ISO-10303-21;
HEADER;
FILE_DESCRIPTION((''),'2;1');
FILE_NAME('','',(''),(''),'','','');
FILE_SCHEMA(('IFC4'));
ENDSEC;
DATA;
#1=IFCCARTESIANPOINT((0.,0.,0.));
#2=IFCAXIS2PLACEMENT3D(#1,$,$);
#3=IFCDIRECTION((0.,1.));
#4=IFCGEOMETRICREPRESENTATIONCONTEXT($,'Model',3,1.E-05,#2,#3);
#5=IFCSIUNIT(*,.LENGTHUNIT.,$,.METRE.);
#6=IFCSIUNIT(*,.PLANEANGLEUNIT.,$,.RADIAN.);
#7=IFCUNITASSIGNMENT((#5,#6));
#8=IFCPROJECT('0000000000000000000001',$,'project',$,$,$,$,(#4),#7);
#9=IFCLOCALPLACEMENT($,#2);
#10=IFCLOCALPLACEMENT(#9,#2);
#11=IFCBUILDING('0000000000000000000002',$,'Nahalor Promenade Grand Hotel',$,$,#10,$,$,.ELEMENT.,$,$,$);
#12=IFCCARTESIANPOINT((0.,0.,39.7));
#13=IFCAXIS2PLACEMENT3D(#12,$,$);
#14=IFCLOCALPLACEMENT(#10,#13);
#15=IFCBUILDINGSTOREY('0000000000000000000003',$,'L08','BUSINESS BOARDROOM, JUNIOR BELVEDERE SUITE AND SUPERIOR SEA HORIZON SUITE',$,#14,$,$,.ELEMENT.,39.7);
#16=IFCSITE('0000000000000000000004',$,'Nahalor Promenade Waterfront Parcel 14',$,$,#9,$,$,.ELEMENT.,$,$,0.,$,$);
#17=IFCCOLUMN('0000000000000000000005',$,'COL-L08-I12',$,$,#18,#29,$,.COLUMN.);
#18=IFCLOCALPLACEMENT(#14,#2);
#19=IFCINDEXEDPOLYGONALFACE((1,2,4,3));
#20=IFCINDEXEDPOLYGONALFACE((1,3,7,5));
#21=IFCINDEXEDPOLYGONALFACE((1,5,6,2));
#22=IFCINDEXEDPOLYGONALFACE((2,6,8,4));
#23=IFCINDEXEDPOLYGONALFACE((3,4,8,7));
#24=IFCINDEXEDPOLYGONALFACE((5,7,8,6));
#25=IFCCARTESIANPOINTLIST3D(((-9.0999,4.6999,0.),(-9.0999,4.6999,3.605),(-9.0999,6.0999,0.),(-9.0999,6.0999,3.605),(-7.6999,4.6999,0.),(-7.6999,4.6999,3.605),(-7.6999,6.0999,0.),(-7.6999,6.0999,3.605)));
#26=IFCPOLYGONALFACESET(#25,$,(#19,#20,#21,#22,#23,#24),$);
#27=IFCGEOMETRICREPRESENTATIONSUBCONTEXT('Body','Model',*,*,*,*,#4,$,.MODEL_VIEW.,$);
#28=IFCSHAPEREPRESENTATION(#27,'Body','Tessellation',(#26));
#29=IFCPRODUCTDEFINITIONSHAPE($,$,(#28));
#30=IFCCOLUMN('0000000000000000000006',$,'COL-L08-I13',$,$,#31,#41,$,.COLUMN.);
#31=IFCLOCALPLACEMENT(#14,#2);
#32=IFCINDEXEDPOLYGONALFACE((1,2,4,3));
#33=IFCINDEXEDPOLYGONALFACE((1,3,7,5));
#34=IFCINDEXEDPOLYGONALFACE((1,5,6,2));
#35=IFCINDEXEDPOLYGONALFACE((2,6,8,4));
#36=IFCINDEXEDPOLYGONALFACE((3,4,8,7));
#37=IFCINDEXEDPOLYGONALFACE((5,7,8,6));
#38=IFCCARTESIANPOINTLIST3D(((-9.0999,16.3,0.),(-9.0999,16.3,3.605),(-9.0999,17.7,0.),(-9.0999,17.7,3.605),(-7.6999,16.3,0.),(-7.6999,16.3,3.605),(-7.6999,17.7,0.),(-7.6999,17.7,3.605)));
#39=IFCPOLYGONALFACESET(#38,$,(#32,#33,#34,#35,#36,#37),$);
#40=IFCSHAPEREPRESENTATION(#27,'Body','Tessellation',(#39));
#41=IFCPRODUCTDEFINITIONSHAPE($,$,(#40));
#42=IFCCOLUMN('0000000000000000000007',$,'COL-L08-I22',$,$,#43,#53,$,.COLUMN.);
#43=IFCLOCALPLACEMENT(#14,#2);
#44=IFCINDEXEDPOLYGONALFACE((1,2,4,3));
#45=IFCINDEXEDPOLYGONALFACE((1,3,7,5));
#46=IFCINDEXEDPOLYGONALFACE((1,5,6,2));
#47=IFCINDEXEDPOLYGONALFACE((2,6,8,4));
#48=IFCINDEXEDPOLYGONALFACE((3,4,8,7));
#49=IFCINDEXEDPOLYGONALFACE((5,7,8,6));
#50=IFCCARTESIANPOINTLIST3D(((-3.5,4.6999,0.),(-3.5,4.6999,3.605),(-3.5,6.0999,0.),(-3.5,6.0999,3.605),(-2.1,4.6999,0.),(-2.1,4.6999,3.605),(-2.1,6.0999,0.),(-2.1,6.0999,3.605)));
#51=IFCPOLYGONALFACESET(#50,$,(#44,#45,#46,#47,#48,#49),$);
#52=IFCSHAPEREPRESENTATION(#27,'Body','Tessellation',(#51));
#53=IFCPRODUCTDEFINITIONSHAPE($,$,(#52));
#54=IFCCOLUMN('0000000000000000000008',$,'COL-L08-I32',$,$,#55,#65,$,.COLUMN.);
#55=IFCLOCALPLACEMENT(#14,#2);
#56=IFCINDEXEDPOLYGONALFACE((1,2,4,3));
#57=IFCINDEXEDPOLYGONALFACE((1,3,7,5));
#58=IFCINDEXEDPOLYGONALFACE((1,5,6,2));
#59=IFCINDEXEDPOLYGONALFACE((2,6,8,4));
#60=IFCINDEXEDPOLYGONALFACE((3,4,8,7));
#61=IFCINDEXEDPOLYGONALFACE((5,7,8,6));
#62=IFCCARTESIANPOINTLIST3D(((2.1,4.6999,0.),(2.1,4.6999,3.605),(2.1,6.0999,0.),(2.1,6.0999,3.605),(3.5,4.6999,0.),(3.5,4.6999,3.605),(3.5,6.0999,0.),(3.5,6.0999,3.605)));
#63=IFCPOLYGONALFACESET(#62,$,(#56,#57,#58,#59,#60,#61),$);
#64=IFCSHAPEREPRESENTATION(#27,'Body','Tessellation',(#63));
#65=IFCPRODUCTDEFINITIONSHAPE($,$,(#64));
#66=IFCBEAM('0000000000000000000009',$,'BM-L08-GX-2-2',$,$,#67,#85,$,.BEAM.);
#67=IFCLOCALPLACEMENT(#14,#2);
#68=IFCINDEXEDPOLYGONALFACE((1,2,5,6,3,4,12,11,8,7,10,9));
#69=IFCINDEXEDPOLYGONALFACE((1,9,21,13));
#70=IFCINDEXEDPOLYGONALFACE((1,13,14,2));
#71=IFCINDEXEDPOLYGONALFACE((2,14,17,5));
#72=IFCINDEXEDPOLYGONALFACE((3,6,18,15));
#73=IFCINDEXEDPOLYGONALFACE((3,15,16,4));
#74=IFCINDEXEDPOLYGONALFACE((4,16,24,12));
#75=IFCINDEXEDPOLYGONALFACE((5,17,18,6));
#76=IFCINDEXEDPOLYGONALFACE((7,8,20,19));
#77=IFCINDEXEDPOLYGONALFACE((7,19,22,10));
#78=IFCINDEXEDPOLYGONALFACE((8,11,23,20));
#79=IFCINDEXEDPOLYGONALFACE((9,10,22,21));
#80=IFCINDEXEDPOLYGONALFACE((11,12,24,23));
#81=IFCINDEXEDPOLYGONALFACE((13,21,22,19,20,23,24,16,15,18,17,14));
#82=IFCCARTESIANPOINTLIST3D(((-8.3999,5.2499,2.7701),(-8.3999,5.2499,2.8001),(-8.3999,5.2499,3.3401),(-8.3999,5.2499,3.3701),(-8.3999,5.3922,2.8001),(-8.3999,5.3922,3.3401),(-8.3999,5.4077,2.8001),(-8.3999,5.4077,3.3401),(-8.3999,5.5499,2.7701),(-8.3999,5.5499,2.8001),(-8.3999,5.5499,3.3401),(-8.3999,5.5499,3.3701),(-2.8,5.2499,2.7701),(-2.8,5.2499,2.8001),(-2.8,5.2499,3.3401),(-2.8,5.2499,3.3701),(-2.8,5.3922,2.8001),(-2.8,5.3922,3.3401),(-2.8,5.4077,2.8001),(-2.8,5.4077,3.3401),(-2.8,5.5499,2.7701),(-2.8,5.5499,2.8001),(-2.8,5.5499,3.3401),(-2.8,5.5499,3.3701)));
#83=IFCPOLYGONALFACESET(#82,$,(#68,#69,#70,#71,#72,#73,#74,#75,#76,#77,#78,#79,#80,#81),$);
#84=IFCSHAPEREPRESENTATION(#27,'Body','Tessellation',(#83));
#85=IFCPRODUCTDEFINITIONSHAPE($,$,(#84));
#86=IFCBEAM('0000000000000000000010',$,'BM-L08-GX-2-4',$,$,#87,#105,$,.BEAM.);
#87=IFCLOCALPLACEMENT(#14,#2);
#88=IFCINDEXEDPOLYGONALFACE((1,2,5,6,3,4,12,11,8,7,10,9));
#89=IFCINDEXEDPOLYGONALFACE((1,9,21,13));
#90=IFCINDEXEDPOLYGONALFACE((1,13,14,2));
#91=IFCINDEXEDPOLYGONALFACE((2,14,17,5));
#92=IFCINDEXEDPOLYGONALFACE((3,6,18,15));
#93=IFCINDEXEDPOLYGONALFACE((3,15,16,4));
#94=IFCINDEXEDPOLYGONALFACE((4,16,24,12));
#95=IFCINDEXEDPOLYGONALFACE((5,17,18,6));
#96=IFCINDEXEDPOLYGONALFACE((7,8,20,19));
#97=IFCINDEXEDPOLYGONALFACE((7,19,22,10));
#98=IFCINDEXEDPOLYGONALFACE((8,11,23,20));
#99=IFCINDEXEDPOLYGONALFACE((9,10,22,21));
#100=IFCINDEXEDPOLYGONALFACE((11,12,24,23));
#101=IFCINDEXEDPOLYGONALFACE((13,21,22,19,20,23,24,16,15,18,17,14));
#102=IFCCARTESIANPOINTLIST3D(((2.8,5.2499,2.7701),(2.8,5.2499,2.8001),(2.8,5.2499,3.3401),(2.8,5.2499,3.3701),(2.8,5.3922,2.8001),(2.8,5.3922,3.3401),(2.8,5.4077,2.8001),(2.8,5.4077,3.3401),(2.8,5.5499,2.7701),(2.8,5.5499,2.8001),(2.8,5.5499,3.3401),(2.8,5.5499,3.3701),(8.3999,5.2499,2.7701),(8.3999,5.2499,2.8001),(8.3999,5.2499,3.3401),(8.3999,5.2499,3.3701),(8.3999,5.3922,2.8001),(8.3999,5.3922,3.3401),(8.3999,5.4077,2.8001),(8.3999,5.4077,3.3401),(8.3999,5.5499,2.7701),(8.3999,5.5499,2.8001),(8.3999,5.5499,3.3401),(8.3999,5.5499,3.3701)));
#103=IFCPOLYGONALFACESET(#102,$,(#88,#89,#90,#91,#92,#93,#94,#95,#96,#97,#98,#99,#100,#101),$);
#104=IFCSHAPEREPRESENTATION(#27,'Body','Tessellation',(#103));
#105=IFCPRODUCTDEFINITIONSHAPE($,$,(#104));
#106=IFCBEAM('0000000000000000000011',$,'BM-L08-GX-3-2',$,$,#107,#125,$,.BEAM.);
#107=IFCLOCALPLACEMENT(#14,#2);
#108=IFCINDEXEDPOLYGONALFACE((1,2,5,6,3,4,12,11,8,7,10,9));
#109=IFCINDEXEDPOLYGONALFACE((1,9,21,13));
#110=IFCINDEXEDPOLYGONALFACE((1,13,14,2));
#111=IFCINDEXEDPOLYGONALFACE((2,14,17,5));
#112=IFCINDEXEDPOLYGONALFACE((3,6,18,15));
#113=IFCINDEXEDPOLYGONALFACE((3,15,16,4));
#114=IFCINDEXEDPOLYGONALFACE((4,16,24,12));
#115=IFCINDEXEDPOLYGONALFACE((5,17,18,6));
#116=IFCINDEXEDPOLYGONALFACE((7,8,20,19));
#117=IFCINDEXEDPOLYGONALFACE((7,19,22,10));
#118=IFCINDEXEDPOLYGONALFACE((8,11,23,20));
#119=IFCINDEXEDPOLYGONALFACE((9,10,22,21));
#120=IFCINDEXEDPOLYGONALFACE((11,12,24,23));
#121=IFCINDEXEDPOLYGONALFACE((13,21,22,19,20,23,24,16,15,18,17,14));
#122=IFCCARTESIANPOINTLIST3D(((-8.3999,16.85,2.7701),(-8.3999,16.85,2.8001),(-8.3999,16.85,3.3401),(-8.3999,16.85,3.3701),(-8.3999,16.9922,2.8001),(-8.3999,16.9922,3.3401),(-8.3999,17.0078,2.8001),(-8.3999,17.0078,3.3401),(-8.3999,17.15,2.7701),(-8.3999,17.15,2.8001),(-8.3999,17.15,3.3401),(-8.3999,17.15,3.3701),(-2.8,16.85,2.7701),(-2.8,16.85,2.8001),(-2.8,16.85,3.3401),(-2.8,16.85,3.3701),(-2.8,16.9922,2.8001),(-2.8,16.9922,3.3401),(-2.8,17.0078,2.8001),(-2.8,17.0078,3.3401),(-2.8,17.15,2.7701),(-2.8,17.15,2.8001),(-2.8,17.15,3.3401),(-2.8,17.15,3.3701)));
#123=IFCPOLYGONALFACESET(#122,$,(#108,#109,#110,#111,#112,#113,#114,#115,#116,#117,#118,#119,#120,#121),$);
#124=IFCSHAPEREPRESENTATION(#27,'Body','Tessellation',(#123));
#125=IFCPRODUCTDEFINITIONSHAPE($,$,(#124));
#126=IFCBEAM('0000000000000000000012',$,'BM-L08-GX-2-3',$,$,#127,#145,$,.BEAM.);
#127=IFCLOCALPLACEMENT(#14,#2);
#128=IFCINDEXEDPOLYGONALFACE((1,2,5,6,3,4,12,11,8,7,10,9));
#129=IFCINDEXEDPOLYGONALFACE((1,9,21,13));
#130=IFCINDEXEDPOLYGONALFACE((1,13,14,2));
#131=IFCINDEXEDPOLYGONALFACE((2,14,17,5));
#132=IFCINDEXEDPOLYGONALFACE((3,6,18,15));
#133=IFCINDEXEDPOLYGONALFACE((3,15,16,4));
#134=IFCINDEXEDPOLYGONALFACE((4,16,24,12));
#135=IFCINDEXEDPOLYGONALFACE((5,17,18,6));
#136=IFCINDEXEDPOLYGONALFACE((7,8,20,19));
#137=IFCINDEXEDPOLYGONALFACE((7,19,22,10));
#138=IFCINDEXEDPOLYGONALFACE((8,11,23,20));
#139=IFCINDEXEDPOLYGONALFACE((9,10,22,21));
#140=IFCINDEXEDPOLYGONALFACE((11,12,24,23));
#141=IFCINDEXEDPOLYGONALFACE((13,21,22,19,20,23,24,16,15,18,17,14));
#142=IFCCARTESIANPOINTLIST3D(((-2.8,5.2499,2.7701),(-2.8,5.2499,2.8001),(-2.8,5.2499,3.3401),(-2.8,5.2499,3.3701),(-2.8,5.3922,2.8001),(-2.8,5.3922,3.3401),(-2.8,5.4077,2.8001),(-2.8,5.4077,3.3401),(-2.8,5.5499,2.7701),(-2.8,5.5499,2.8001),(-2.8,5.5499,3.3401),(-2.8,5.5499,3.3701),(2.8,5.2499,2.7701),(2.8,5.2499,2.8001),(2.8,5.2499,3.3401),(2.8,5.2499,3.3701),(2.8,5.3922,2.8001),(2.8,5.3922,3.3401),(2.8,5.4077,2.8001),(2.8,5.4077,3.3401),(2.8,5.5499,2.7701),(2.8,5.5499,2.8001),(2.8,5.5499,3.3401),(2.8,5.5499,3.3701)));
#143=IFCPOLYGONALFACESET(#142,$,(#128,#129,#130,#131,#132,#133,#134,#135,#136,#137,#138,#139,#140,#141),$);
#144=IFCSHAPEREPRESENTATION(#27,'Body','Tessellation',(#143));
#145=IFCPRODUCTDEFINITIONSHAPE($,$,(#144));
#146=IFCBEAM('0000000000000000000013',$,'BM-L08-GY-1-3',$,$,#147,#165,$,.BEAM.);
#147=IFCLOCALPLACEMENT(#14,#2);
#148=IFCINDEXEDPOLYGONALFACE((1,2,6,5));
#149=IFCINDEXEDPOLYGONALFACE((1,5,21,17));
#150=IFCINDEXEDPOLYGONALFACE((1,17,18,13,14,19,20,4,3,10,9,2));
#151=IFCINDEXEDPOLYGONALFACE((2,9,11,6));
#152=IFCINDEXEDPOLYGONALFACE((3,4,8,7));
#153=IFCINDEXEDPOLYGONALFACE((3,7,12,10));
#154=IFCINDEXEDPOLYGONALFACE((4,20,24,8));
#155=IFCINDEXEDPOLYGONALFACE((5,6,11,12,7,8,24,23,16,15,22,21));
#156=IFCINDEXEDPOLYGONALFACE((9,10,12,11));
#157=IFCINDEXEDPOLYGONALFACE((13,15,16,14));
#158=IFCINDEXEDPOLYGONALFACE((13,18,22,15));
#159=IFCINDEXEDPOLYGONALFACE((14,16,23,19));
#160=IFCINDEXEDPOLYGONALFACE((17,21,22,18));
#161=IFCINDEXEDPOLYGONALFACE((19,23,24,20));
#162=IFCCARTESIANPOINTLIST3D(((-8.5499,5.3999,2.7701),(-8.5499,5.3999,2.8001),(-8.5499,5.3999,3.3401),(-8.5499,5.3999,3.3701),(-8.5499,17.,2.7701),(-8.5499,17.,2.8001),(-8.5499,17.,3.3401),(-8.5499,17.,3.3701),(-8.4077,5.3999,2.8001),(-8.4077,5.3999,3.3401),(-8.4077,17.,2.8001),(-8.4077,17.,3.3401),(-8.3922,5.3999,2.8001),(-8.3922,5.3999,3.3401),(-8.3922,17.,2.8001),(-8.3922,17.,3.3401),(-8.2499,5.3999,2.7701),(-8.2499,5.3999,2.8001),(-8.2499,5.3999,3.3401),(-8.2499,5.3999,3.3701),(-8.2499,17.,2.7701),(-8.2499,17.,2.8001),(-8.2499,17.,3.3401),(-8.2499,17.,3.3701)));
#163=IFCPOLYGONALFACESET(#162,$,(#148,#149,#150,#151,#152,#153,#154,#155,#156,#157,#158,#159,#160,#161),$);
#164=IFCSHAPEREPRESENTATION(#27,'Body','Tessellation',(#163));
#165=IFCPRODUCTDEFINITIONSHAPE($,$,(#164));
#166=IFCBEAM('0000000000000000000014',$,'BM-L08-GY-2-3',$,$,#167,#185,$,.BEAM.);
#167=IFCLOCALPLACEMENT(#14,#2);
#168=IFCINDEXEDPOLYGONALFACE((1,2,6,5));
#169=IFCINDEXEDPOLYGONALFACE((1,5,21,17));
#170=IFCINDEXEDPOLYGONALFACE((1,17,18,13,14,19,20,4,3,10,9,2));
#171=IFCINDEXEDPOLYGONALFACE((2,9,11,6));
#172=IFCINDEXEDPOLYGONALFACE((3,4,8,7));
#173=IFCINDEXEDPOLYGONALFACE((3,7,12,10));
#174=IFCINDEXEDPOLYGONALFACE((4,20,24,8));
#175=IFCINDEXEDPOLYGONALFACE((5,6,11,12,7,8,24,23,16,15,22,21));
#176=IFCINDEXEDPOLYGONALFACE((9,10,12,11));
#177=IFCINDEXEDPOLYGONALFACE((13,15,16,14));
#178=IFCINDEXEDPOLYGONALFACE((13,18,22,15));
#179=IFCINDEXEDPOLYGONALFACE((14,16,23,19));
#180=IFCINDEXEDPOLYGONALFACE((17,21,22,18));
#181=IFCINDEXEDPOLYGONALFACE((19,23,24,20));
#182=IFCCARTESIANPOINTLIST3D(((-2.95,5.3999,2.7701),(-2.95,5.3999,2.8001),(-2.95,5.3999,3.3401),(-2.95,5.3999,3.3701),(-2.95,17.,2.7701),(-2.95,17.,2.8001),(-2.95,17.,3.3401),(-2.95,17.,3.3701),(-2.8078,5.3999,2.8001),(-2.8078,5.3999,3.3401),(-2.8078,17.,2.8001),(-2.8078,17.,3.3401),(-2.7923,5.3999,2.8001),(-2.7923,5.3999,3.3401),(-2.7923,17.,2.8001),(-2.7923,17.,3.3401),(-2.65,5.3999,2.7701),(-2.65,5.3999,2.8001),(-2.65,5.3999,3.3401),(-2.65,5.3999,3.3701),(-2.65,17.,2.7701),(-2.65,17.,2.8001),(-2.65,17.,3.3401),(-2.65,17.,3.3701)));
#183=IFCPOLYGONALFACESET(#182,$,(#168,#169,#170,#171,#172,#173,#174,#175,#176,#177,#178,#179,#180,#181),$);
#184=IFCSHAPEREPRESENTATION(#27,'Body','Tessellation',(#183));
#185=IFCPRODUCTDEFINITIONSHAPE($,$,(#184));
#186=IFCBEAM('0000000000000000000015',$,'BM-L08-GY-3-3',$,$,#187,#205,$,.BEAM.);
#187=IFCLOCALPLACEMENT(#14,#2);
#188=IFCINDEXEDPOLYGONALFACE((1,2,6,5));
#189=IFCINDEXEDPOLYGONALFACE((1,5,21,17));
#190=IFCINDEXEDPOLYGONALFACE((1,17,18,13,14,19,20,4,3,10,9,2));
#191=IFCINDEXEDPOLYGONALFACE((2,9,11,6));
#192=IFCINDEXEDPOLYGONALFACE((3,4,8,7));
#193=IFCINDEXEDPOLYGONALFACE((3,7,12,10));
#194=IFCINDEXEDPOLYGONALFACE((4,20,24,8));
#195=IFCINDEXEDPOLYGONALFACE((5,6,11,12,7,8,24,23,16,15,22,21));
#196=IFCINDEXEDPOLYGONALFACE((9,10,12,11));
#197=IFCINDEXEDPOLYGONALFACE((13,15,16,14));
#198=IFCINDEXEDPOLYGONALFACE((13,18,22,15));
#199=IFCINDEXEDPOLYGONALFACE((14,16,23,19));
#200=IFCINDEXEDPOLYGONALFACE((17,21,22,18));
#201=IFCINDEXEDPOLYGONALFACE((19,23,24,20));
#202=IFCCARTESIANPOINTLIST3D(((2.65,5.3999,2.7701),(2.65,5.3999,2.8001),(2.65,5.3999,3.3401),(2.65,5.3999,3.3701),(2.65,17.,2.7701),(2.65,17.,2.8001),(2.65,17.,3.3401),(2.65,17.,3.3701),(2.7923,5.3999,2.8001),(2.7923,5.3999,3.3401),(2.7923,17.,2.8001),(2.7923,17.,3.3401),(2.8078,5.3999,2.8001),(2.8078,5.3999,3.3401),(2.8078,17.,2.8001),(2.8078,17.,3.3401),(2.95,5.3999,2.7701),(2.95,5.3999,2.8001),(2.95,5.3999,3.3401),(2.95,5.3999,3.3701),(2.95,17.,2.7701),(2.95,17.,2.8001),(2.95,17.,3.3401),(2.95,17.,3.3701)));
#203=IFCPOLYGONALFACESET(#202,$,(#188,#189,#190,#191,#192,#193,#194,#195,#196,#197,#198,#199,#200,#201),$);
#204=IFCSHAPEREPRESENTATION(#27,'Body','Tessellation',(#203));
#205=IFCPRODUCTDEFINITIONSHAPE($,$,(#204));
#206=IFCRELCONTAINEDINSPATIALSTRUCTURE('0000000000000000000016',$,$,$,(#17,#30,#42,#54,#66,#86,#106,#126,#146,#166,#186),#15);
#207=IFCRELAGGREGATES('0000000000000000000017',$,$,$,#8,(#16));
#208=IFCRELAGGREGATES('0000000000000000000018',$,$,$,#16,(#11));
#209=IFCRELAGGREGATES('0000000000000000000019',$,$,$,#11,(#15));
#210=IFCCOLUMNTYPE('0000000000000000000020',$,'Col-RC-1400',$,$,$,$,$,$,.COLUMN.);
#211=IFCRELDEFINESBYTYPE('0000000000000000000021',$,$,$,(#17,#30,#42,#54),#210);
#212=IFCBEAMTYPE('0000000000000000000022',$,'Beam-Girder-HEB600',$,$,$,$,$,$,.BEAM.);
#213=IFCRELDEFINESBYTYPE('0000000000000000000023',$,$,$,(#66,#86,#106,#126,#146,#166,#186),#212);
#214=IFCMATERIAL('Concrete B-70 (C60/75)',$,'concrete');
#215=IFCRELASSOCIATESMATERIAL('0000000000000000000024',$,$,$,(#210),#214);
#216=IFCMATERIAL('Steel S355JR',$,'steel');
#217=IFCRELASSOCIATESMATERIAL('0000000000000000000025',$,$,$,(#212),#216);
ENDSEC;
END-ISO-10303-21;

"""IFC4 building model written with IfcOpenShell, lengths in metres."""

from ifc_helpers import new_model, si_unit, direction, frame, origin, origin_2d, place, context, subcontext, project, spatial, rectangle, i_section, extrude, source, transform, mapped, material, material_profile, profile_set, type_object, element, save


model = new_model("IFC4")

# Units and contexts
model_context = context("Model", 3, precision=1e-05, world=origin(), true_north=direction((0.0, 1.0)))
body_context = subcontext(model_context, "Body", "Model", "MODEL_VIEW")
ifc_project = project(units=[si_unit("LENGTHUNIT", "METRE"), si_unit("PLANEANGLEUNIT", "RADIAN")], contexts=[model_context])

# Site, building, storey
site_placement = place(None, origin())
site = spatial("IfcSite", under=ifc_project, at=site_placement, Name="Nahalor Promenade Waterfront Parcel 14", CompositionType="ELEMENT", RefElevation=0.0)
building_placement = place(site_placement, origin())
building = spatial("IfcBuilding", under=site, at=building_placement, Name="Nahalor Promenade Grand Hotel", CompositionType="ELEMENT")
storey_placement = place(building_placement, frame((0.0, 0.0, 39.7)))
storey = spatial("IfcBuildingStorey", under=building, at=storey_placement, Name="L08", Description="BUSINESS BOARDROOM, JUNIOR BELVEDERE SUITE AND SUPERIOR SEA HORIZON SUITE", CompositionType="ELEMENT", Elevation=39.7)

# Columns
ifc_material_1 = material(Name="Concrete B-70 (C60/75)", Category="concrete")
ifc_material_profile_1 = material_profile(ifc_material_1, rectangle(XDim=1.4, YDim=1.4, at=origin_2d()), Name="RC 1400x1400")
ifc_profile_set_1 = profile_set([ifc_material_profile_1], Name="Concrete B-70 (C60/75)")
column_type = type_object("IfcColumnType", Name="Col-RC-1400", PredefinedType="COLUMN", material=ifc_profile_set_1)
shared_shape_1 = source(origin(), body_context, "Body", "SweptSolid", [
    extrude(rectangle(XDim=1.4, YDim=1.4, at=origin_2d()), origin(), (0.0, 0.0, 1.0), 3.605),
])
for number, where, z_axis, x_axis, name in (
    (1, (-8.3999, 5.3999, 0.0), (0.0, 0.0, 1.0), (1.0, 0.0, 0.0), "COL-L08-I12"),
    (2, (-8.3999, 17.0, 0.0), (0.0, 0.0, 1.0), (1.0, 0.0, 0.0), "COL-L08-I13"),
    (3, (-2.8, 5.3999, 0.0), (0.0, 0.0, 1.0), (1.0, 0.0, 0.0), "COL-L08-I22"),
    (4, (2.8, 5.3999, 0.0), (0.0, 0.0, 1.0), (1.0, 0.0, 0.0), "COL-L08-I32"),
):
    element("IfcColumn", number, at=place(storey_placement, frame(where, z_axis=z_axis, x_axis=x_axis)), inside=storey, type_object=column_type, Name=name, PredefinedType="COLUMN", context=body_context, shape_type="MappedRepresentation", body=[
        mapped(shared_shape_1, transform((0.0, 0.0, 0.0), scale=1.0)),
    ])

# Beams
ifc_material_2 = material(Name="Steel S355JR", Category="steel")
ifc_material_profile_2 = material_profile(ifc_material_2, i_section(OverallWidth=0.3, OverallDepth=0.6, WebThickness=0.0155, FlangeThickness=0.03, at=origin_2d()), Name="HEB 600")
ifc_profile_set_2 = profile_set([ifc_material_profile_2], Name="Steel S355JR")
beam_type = type_object("IfcBeamType", Name="Beam-Girder-HEB600", PredefinedType="BEAM", material=ifc_profile_set_2)
shared_shape_2 = source(origin(), body_context, "Body", "SweptSolid", [
    extrude(i_section(OverallWidth=0.3, OverallDepth=0.6, WebThickness=0.0155, FlangeThickness=0.03, at=origin_2d()), origin(), (0.0, 0.0, 1.0), 5.5999),
])
for number, where, z_axis, x_axis, name in (
    (5, (-8.3999, 5.3999, 3.0701), (1.0, 0.0, 0.0), (0.0, 1.0, 0.0), "BM-L08-GX-2-2"),
    (6, (2.8, 5.3999, 3.0701), (1.0, 0.0, 0.0), (0.0, 1.0, 0.0), "BM-L08-GX-2-4"),
    (7, (-8.3999, 17.0, 3.0701), (1.0, 0.0, 0.0), (0.0, 1.0, 0.0), "BM-L08-GX-3-2"),
):
    element("IfcBeam", number, at=place(storey_placement, frame(where, z_axis=z_axis, x_axis=x_axis)), inside=storey, type_object=beam_type, Name=name, PredefinedType="BEAM", context=body_context, shape_type="MappedRepresentation", body=[
        mapped(shared_shape_2, transform((0.0, 0.0, 0.0), scale=1.0)),
    ])
shared_shape_3 = source(origin(), body_context, "Body", "SweptSolid", [
    extrude(i_section(OverallWidth=0.3, OverallDepth=0.6, WebThickness=0.0155, FlangeThickness=0.03, at=origin_2d()), origin(), (0.0, 0.0, 1.0), 5.6001),
])
beam_1_placement = place(storey_placement, frame((-2.8, 5.3999, 3.0701), z_axis=(1.0, 0.0, 0.0), x_axis=(0.0, 1.0, 0.0)))
element("IfcBeam", 8, at=beam_1_placement, inside=storey, type_object=beam_type, Name="BM-L08-GX-2-3", PredefinedType="BEAM", context=body_context, shape_type="MappedRepresentation", body=[
    mapped(shared_shape_3, transform((0.0, 0.0, 0.0), scale=1.0)),
])
shared_shape_4 = source(origin(), body_context, "Body", "SweptSolid", [
    extrude(i_section(OverallWidth=0.3, OverallDepth=0.6, WebThickness=0.0155, FlangeThickness=0.03, at=origin_2d()), origin(), (0.0, 0.0, 1.0), 11.6001),
])
for number, where, z_axis, x_axis, name in (
    (9, (-8.3999, 5.3999, 3.0701), (0.0, 1.0, 0.0), (-1.0, 0.0, 0.0), "BM-L08-GY-1-3"),
    (10, (-2.8, 5.3999, 3.0701), (0.0, 1.0, 0.0), (-1.0, 0.0, 0.0), "BM-L08-GY-2-3"),
    (11, (2.8, 5.3999, 3.0701), (0.0, 1.0, 0.0), (-1.0, 0.0, 0.0), "BM-L08-GY-3-3"),
):
    element("IfcBeam", number, at=place(storey_placement, frame(where, z_axis=z_axis, x_axis=x_axis)), inside=storey, type_object=beam_type, Name=name, PredefinedType="BEAM", context=body_context, shape_type="MappedRepresentation", body=[
        mapped(shared_shape_4, transform((0.0, 0.0, 0.0), scale=1.0)),
    ])

save(model, "model.ifc")
